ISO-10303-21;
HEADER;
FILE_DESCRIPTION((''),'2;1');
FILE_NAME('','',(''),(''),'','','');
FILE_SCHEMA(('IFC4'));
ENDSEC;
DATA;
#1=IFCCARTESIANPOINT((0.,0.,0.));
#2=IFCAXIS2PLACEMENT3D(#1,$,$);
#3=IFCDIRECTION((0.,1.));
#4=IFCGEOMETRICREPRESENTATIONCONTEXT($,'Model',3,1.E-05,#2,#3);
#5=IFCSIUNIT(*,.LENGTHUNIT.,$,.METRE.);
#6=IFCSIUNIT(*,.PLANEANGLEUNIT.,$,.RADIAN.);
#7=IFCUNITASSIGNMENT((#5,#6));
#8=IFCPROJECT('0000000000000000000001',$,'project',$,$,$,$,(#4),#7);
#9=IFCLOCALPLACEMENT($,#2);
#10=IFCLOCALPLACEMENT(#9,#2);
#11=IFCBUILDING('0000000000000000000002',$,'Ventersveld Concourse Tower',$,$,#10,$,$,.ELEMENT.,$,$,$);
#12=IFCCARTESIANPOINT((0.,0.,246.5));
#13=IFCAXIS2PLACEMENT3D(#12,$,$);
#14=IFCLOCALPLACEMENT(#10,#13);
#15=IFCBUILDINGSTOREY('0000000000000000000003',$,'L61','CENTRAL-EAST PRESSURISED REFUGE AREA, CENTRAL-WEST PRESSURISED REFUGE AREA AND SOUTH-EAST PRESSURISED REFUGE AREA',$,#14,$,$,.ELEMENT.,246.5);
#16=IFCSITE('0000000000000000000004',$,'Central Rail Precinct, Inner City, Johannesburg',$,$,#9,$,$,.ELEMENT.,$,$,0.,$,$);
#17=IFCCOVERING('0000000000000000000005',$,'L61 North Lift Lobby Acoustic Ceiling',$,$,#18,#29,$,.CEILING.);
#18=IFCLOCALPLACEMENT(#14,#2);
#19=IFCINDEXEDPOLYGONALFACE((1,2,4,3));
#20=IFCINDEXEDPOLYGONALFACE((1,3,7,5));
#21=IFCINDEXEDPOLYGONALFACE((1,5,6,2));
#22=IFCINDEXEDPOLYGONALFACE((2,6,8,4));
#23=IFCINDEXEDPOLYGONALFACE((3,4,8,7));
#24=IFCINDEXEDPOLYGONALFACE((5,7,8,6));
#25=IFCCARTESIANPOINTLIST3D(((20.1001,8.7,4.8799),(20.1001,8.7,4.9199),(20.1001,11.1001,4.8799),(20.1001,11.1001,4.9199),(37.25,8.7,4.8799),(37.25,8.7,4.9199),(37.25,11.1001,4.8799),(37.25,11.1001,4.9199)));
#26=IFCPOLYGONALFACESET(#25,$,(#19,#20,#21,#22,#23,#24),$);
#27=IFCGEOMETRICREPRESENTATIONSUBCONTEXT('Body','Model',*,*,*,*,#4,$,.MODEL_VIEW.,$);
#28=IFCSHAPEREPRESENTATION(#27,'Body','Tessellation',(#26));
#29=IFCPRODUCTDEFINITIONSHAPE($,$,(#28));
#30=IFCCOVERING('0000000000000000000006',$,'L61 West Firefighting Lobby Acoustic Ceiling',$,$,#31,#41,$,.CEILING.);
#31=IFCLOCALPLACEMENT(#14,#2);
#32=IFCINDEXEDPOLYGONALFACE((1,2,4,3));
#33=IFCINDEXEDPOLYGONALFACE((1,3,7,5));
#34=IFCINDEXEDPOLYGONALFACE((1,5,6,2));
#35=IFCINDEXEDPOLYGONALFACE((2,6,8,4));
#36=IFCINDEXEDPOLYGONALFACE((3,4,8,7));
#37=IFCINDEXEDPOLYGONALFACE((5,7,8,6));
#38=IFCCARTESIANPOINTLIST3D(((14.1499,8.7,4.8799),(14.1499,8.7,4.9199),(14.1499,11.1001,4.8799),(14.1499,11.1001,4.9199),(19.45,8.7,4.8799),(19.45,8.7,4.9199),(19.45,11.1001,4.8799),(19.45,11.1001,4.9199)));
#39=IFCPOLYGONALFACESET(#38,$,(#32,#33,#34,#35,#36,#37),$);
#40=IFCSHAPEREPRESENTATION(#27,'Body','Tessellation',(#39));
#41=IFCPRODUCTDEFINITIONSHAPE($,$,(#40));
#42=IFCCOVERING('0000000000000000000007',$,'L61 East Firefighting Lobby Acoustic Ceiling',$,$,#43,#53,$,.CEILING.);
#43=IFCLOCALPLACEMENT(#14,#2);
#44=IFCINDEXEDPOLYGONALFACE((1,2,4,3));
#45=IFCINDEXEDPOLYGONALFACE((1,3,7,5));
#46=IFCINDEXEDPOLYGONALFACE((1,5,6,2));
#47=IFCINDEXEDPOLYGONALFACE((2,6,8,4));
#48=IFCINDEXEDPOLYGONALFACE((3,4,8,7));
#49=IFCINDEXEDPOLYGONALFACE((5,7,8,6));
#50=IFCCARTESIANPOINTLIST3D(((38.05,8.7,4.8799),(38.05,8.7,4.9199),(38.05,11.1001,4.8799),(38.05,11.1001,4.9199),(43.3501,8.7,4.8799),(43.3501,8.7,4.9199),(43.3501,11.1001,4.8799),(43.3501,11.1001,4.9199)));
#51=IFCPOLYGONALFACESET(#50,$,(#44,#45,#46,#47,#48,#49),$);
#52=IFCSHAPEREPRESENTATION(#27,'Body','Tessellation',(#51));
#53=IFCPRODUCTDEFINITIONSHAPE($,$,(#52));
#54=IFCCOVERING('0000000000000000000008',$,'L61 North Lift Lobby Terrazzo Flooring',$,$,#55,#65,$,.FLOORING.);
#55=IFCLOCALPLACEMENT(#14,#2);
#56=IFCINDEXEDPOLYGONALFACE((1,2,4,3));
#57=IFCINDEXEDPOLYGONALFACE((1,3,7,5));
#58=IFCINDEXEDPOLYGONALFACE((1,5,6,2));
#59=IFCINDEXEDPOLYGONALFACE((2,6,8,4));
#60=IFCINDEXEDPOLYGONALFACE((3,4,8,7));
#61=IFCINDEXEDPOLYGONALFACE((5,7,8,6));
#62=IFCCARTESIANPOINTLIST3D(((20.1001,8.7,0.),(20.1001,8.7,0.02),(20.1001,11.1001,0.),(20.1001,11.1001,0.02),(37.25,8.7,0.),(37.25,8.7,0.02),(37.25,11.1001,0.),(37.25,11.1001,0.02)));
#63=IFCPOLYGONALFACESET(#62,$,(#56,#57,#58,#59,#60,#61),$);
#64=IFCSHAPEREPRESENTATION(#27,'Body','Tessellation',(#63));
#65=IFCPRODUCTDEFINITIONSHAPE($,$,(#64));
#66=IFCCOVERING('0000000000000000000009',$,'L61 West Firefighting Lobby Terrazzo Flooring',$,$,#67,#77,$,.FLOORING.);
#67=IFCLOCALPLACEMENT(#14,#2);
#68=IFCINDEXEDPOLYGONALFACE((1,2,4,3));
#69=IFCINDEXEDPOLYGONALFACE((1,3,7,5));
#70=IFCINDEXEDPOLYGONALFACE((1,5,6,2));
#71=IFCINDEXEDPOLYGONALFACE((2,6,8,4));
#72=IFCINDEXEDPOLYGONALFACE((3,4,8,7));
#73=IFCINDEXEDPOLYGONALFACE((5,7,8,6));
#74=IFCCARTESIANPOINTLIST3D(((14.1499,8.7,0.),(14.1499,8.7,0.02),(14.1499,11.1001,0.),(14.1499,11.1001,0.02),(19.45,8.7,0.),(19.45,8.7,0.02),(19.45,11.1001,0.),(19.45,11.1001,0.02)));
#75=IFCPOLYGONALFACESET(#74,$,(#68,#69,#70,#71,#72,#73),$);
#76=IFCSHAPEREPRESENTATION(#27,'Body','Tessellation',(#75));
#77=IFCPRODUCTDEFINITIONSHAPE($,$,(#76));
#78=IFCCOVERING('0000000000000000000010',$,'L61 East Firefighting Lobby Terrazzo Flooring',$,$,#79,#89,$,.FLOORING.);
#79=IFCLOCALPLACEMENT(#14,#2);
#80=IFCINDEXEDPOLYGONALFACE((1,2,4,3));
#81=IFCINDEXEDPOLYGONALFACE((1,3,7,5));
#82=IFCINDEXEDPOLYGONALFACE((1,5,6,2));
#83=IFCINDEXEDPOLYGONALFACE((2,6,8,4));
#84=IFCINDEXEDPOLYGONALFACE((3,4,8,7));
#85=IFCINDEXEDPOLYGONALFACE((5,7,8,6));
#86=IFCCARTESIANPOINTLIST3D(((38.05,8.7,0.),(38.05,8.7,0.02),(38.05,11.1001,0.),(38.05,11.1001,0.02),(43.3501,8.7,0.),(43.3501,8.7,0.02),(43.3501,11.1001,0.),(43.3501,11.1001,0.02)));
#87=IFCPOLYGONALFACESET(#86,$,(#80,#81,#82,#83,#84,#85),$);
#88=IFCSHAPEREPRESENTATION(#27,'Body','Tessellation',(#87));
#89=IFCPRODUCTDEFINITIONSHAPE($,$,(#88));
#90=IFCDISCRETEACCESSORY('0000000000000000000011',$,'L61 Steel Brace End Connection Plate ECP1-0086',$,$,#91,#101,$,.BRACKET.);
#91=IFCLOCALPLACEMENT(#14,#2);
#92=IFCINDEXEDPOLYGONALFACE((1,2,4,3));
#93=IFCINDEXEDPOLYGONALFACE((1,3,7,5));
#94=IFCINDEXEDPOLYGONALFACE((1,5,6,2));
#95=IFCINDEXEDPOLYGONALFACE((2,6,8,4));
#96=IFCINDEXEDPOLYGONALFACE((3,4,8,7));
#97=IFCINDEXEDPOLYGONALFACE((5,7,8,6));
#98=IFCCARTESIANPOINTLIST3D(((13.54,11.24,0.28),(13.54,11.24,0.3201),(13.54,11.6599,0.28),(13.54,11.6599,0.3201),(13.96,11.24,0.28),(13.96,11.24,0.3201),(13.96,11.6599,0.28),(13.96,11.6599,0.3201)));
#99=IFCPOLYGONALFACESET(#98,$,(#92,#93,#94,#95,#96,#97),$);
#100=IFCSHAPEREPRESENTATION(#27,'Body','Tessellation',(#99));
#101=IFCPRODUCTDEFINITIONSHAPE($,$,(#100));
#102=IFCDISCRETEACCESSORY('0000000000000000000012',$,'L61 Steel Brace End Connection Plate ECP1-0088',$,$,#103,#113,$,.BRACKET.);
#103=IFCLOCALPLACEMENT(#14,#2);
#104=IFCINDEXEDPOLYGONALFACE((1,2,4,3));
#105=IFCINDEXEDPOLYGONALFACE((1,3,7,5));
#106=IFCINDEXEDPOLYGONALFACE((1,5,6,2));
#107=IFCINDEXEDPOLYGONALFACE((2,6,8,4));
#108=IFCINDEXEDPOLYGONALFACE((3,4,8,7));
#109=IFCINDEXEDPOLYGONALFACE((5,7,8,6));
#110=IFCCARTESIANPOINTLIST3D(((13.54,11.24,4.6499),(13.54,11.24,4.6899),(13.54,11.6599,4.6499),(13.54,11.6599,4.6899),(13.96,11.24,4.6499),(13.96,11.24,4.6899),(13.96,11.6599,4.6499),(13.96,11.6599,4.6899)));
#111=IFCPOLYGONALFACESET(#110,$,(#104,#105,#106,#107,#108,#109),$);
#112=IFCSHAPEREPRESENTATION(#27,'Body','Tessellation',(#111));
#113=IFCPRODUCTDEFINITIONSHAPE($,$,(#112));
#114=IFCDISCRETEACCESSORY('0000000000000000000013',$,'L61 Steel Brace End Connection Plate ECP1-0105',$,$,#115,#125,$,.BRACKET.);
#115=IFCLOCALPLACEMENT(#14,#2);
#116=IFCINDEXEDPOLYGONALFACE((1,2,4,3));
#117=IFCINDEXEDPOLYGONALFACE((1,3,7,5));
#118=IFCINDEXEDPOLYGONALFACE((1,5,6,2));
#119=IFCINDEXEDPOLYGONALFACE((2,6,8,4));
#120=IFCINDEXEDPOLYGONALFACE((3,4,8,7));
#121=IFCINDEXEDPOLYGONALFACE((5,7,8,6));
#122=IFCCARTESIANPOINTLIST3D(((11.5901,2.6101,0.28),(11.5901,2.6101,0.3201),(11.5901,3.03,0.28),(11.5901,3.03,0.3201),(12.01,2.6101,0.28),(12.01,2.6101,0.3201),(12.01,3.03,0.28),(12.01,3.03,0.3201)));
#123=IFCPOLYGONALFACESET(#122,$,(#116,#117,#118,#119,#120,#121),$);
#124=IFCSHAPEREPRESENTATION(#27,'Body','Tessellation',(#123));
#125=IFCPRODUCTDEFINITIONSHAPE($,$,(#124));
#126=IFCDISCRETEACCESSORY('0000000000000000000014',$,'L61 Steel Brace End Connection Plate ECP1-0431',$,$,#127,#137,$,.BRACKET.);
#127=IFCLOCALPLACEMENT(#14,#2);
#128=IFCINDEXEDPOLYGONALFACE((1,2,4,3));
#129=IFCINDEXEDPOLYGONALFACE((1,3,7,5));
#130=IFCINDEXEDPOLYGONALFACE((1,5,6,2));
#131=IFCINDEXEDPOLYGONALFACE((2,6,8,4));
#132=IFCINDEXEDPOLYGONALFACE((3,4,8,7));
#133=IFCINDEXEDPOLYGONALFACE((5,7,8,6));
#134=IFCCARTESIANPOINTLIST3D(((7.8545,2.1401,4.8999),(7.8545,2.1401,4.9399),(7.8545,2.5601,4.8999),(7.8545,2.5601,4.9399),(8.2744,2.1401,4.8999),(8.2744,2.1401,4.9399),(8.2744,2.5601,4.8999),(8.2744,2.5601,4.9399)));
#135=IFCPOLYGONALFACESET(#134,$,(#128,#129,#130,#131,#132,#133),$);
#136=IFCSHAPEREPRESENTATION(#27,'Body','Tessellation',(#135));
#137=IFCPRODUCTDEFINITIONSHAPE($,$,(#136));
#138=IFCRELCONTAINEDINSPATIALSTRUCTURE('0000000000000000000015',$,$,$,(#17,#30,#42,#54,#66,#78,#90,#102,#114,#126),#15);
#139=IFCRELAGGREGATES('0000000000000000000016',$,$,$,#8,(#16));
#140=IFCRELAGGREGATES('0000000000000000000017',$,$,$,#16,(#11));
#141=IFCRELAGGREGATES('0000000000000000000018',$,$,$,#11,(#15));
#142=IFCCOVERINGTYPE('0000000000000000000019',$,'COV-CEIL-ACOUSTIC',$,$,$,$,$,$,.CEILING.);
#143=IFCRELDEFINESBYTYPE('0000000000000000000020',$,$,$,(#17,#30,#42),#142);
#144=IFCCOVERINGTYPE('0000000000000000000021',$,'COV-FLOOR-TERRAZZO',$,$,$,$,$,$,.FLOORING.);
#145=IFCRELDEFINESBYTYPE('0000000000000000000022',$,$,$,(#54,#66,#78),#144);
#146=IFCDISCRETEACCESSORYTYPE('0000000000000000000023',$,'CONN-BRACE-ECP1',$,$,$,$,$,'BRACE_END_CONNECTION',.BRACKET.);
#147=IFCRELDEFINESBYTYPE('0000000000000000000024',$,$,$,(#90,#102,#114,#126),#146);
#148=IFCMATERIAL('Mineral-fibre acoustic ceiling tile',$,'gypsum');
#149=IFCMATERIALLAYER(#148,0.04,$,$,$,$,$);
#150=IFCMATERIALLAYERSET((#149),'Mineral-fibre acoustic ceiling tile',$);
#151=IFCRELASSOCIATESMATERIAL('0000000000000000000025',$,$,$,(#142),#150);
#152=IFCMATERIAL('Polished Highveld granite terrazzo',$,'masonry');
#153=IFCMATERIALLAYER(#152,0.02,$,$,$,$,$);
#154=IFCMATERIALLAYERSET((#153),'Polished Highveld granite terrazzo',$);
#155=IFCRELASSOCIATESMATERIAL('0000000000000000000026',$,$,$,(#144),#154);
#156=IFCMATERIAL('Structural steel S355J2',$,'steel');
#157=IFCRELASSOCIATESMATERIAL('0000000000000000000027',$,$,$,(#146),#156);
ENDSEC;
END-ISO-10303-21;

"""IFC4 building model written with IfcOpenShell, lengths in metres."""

from ifc_helpers import new_model, si_unit, direction, frame, origin, origin_2d, place, context, subcontext, project, spatial, polyline, rectangle, outline, extrude, material, layer, layer_set, type_object, element, save


model = new_model("IFC4")

# Units and contexts
model_context = context("Model", 3, precision=1e-05, world=origin(), true_north=direction((0.0, 1.0)))
body_context = subcontext(model_context, "Body", "Model", "MODEL_VIEW")
ifc_project = project(units=[si_unit("LENGTHUNIT", "METRE"), si_unit("PLANEANGLEUNIT", "RADIAN")], contexts=[model_context])

# Site, building, storey
site_placement = place(None, origin())
site = spatial("IfcSite", under=ifc_project, at=site_placement, Name="Central Rail Precinct, Inner City, Johannesburg", CompositionType="ELEMENT", RefElevation=0.0)
building_placement = place(site_placement, origin())
building = spatial("IfcBuilding", under=site, at=building_placement, Name="Ventersveld Concourse Tower", CompositionType="ELEMENT")
storey_placement = place(building_placement, frame((0.0, 0.0, 246.5)))
storey = spatial("IfcBuildingStorey", under=building, at=storey_placement, Name="L61", Description="CENTRAL-EAST PRESSURISED REFUGE AREA, CENTRAL-WEST PRESSURISED REFUGE AREA AND SOUTH-EAST PRESSURISED REFUGE AREA", CompositionType="ELEMENT", Elevation=246.5)

# Shared definitions
ifc_material_1 = material(Name="Structural steel S355J2", Category="steel")

# Coverings
ifc_material_2 = material(Name="Mineral-fibre acoustic ceiling tile", Category="gypsum")
ifc_layer_1 = layer(ifc_material_2, 0.04)
ifc_layer_set_1 = layer_set([ifc_layer_1], Name="Mineral-fibre acoustic ceiling tile")
covering_type_1 = type_object("IfcCoveringType", Name="COV-CEIL-ACOUSTIC", PredefinedType="CEILING", material=ifc_layer_set_1)
covering_1_placement = place(storey_placement, frame((0.0, 0.0, 4.8799)))
element("IfcCovering", 1, at=covering_1_placement, inside=storey, type_object=covering_type_1, Name="L61 North Lift Lobby Acoustic Ceiling", PredefinedType="CEILING", context=body_context, shape_type="SweptSolid", body=[
    extrude(outline(polyline([(20.1001, 8.7), (37.25, 8.7), (37.25, 11.1001), (20.1001, 11.1001), (20.1001, 8.7)])), origin(), (0.0, 0.0, 1.0), 0.04),
])
covering_2_placement = place(storey_placement, frame((0.0, 0.0, 4.8799)))
element("IfcCovering", 2, at=covering_2_placement, inside=storey, type_object=covering_type_1, Name="L61 West Firefighting Lobby Acoustic Ceiling", PredefinedType="CEILING", context=body_context, shape_type="SweptSolid", body=[
    extrude(outline(polyline([(14.1499, 8.7), (19.45, 8.7), (19.45, 11.1001), (14.1499, 11.1001), (14.1499, 8.7)])), origin(), (0.0, 0.0, 1.0), 0.04),
])
covering_3_placement = place(storey_placement, frame((0.0, 0.0, 4.8799)))
element("IfcCovering", 3, at=covering_3_placement, inside=storey, type_object=covering_type_1, Name="L61 East Firefighting Lobby Acoustic Ceiling", PredefinedType="CEILING", context=body_context, shape_type="SweptSolid", body=[
    extrude(outline(polyline([(38.05, 8.7), (43.3501, 8.7), (43.3501, 11.1001), (38.05, 11.1001), (38.05, 8.7)])), origin(), (0.0, 0.0, 1.0), 0.04),
])
ifc_material_3 = material(Name="Polished Highveld granite terrazzo", Category="masonry")
ifc_layer_2 = layer(ifc_material_3, 0.02)
ifc_layer_set_2 = layer_set([ifc_layer_2], Name="Polished Highveld granite terrazzo")
covering_type_2 = type_object("IfcCoveringType", Name="COV-FLOOR-TERRAZZO", PredefinedType="FLOORING", material=ifc_layer_set_2)
covering_4_placement = place(storey_placement, origin())
element("IfcCovering", 4, at=covering_4_placement, inside=storey, type_object=covering_type_2, Name="L61 North Lift Lobby Terrazzo Flooring", PredefinedType="FLOORING", context=body_context, shape_type="SweptSolid", body=[
    extrude(outline(polyline([(20.1001, 8.7), (37.25, 8.7), (37.25, 11.1001), (20.1001, 11.1001), (20.1001, 8.7)])), origin(), (0.0, 0.0, 1.0), 0.02),
])
covering_5_placement = place(storey_placement, origin())
element("IfcCovering", 5, at=covering_5_placement, inside=storey, type_object=covering_type_2, Name="L61 West Firefighting Lobby Terrazzo Flooring", PredefinedType="FLOORING", context=body_context, shape_type="SweptSolid", body=[
    extrude(outline(polyline([(14.1499, 8.7), (19.45, 8.7), (19.45, 11.1001), (14.1499, 11.1001), (14.1499, 8.7)])), origin(), (0.0, 0.0, 1.0), 0.02),
])
covering_6_placement = place(storey_placement, origin())
element("IfcCovering", 6, at=covering_6_placement, inside=storey, type_object=covering_type_2, Name="L61 East Firefighting Lobby Terrazzo Flooring", PredefinedType="FLOORING", context=body_context, shape_type="SweptSolid", body=[
    extrude(outline(polyline([(38.05, 8.7), (43.3501, 8.7), (43.3501, 11.1001), (38.05, 11.1001), (38.05, 8.7)])), origin(), (0.0, 0.0, 1.0), 0.02),
])

# Discrete accessories
discrete_accessory_type = type_object("IfcDiscreteAccessoryType", Name="CONN-BRACE-ECP1", ElementType="BRACE_END_CONNECTION", PredefinedType="BRACKET", material=ifc_material_1)
for number, where, z_axis, x_axis, name in (
    (7, (13.75, 11.45, 0.28), (0.0, 0.0, 1.0), (1.0, 0.0, 0.0), "L61 Steel Brace End Connection Plate ECP1-0086"),
    (8, (13.75, 11.45, 4.6499), (0.0, 0.0, 1.0), (1.0, 0.0, 0.0), "L61 Steel Brace End Connection Plate ECP1-0088"),
    (9, (11.8, 2.8201, 0.28), (0.0, 0.0, 1.0), (1.0, 0.0, 0.0), "L61 Steel Brace End Connection Plate ECP1-0105"),
    (10, (8.0645, 2.3501, 4.8999), (0.0, 0.0, 1.0), (1.0, 0.0, 0.0), "L61 Steel Brace End Connection Plate ECP1-0431"),
):
    element("IfcDiscreteAccessory", number, at=place(storey_placement, frame(where, z_axis=z_axis, x_axis=x_axis)), inside=storey, type_object=discrete_accessory_type, Name=name, PredefinedType="BRACKET", context=body_context, shape_type="SweptSolid", body=[
        extrude(rectangle(XDim=0.4199, YDim=0.4199, at=origin_2d()), origin(), (0.0, 0.0, 1.0), 0.04),
    ])

save(model, "model.ifc")
